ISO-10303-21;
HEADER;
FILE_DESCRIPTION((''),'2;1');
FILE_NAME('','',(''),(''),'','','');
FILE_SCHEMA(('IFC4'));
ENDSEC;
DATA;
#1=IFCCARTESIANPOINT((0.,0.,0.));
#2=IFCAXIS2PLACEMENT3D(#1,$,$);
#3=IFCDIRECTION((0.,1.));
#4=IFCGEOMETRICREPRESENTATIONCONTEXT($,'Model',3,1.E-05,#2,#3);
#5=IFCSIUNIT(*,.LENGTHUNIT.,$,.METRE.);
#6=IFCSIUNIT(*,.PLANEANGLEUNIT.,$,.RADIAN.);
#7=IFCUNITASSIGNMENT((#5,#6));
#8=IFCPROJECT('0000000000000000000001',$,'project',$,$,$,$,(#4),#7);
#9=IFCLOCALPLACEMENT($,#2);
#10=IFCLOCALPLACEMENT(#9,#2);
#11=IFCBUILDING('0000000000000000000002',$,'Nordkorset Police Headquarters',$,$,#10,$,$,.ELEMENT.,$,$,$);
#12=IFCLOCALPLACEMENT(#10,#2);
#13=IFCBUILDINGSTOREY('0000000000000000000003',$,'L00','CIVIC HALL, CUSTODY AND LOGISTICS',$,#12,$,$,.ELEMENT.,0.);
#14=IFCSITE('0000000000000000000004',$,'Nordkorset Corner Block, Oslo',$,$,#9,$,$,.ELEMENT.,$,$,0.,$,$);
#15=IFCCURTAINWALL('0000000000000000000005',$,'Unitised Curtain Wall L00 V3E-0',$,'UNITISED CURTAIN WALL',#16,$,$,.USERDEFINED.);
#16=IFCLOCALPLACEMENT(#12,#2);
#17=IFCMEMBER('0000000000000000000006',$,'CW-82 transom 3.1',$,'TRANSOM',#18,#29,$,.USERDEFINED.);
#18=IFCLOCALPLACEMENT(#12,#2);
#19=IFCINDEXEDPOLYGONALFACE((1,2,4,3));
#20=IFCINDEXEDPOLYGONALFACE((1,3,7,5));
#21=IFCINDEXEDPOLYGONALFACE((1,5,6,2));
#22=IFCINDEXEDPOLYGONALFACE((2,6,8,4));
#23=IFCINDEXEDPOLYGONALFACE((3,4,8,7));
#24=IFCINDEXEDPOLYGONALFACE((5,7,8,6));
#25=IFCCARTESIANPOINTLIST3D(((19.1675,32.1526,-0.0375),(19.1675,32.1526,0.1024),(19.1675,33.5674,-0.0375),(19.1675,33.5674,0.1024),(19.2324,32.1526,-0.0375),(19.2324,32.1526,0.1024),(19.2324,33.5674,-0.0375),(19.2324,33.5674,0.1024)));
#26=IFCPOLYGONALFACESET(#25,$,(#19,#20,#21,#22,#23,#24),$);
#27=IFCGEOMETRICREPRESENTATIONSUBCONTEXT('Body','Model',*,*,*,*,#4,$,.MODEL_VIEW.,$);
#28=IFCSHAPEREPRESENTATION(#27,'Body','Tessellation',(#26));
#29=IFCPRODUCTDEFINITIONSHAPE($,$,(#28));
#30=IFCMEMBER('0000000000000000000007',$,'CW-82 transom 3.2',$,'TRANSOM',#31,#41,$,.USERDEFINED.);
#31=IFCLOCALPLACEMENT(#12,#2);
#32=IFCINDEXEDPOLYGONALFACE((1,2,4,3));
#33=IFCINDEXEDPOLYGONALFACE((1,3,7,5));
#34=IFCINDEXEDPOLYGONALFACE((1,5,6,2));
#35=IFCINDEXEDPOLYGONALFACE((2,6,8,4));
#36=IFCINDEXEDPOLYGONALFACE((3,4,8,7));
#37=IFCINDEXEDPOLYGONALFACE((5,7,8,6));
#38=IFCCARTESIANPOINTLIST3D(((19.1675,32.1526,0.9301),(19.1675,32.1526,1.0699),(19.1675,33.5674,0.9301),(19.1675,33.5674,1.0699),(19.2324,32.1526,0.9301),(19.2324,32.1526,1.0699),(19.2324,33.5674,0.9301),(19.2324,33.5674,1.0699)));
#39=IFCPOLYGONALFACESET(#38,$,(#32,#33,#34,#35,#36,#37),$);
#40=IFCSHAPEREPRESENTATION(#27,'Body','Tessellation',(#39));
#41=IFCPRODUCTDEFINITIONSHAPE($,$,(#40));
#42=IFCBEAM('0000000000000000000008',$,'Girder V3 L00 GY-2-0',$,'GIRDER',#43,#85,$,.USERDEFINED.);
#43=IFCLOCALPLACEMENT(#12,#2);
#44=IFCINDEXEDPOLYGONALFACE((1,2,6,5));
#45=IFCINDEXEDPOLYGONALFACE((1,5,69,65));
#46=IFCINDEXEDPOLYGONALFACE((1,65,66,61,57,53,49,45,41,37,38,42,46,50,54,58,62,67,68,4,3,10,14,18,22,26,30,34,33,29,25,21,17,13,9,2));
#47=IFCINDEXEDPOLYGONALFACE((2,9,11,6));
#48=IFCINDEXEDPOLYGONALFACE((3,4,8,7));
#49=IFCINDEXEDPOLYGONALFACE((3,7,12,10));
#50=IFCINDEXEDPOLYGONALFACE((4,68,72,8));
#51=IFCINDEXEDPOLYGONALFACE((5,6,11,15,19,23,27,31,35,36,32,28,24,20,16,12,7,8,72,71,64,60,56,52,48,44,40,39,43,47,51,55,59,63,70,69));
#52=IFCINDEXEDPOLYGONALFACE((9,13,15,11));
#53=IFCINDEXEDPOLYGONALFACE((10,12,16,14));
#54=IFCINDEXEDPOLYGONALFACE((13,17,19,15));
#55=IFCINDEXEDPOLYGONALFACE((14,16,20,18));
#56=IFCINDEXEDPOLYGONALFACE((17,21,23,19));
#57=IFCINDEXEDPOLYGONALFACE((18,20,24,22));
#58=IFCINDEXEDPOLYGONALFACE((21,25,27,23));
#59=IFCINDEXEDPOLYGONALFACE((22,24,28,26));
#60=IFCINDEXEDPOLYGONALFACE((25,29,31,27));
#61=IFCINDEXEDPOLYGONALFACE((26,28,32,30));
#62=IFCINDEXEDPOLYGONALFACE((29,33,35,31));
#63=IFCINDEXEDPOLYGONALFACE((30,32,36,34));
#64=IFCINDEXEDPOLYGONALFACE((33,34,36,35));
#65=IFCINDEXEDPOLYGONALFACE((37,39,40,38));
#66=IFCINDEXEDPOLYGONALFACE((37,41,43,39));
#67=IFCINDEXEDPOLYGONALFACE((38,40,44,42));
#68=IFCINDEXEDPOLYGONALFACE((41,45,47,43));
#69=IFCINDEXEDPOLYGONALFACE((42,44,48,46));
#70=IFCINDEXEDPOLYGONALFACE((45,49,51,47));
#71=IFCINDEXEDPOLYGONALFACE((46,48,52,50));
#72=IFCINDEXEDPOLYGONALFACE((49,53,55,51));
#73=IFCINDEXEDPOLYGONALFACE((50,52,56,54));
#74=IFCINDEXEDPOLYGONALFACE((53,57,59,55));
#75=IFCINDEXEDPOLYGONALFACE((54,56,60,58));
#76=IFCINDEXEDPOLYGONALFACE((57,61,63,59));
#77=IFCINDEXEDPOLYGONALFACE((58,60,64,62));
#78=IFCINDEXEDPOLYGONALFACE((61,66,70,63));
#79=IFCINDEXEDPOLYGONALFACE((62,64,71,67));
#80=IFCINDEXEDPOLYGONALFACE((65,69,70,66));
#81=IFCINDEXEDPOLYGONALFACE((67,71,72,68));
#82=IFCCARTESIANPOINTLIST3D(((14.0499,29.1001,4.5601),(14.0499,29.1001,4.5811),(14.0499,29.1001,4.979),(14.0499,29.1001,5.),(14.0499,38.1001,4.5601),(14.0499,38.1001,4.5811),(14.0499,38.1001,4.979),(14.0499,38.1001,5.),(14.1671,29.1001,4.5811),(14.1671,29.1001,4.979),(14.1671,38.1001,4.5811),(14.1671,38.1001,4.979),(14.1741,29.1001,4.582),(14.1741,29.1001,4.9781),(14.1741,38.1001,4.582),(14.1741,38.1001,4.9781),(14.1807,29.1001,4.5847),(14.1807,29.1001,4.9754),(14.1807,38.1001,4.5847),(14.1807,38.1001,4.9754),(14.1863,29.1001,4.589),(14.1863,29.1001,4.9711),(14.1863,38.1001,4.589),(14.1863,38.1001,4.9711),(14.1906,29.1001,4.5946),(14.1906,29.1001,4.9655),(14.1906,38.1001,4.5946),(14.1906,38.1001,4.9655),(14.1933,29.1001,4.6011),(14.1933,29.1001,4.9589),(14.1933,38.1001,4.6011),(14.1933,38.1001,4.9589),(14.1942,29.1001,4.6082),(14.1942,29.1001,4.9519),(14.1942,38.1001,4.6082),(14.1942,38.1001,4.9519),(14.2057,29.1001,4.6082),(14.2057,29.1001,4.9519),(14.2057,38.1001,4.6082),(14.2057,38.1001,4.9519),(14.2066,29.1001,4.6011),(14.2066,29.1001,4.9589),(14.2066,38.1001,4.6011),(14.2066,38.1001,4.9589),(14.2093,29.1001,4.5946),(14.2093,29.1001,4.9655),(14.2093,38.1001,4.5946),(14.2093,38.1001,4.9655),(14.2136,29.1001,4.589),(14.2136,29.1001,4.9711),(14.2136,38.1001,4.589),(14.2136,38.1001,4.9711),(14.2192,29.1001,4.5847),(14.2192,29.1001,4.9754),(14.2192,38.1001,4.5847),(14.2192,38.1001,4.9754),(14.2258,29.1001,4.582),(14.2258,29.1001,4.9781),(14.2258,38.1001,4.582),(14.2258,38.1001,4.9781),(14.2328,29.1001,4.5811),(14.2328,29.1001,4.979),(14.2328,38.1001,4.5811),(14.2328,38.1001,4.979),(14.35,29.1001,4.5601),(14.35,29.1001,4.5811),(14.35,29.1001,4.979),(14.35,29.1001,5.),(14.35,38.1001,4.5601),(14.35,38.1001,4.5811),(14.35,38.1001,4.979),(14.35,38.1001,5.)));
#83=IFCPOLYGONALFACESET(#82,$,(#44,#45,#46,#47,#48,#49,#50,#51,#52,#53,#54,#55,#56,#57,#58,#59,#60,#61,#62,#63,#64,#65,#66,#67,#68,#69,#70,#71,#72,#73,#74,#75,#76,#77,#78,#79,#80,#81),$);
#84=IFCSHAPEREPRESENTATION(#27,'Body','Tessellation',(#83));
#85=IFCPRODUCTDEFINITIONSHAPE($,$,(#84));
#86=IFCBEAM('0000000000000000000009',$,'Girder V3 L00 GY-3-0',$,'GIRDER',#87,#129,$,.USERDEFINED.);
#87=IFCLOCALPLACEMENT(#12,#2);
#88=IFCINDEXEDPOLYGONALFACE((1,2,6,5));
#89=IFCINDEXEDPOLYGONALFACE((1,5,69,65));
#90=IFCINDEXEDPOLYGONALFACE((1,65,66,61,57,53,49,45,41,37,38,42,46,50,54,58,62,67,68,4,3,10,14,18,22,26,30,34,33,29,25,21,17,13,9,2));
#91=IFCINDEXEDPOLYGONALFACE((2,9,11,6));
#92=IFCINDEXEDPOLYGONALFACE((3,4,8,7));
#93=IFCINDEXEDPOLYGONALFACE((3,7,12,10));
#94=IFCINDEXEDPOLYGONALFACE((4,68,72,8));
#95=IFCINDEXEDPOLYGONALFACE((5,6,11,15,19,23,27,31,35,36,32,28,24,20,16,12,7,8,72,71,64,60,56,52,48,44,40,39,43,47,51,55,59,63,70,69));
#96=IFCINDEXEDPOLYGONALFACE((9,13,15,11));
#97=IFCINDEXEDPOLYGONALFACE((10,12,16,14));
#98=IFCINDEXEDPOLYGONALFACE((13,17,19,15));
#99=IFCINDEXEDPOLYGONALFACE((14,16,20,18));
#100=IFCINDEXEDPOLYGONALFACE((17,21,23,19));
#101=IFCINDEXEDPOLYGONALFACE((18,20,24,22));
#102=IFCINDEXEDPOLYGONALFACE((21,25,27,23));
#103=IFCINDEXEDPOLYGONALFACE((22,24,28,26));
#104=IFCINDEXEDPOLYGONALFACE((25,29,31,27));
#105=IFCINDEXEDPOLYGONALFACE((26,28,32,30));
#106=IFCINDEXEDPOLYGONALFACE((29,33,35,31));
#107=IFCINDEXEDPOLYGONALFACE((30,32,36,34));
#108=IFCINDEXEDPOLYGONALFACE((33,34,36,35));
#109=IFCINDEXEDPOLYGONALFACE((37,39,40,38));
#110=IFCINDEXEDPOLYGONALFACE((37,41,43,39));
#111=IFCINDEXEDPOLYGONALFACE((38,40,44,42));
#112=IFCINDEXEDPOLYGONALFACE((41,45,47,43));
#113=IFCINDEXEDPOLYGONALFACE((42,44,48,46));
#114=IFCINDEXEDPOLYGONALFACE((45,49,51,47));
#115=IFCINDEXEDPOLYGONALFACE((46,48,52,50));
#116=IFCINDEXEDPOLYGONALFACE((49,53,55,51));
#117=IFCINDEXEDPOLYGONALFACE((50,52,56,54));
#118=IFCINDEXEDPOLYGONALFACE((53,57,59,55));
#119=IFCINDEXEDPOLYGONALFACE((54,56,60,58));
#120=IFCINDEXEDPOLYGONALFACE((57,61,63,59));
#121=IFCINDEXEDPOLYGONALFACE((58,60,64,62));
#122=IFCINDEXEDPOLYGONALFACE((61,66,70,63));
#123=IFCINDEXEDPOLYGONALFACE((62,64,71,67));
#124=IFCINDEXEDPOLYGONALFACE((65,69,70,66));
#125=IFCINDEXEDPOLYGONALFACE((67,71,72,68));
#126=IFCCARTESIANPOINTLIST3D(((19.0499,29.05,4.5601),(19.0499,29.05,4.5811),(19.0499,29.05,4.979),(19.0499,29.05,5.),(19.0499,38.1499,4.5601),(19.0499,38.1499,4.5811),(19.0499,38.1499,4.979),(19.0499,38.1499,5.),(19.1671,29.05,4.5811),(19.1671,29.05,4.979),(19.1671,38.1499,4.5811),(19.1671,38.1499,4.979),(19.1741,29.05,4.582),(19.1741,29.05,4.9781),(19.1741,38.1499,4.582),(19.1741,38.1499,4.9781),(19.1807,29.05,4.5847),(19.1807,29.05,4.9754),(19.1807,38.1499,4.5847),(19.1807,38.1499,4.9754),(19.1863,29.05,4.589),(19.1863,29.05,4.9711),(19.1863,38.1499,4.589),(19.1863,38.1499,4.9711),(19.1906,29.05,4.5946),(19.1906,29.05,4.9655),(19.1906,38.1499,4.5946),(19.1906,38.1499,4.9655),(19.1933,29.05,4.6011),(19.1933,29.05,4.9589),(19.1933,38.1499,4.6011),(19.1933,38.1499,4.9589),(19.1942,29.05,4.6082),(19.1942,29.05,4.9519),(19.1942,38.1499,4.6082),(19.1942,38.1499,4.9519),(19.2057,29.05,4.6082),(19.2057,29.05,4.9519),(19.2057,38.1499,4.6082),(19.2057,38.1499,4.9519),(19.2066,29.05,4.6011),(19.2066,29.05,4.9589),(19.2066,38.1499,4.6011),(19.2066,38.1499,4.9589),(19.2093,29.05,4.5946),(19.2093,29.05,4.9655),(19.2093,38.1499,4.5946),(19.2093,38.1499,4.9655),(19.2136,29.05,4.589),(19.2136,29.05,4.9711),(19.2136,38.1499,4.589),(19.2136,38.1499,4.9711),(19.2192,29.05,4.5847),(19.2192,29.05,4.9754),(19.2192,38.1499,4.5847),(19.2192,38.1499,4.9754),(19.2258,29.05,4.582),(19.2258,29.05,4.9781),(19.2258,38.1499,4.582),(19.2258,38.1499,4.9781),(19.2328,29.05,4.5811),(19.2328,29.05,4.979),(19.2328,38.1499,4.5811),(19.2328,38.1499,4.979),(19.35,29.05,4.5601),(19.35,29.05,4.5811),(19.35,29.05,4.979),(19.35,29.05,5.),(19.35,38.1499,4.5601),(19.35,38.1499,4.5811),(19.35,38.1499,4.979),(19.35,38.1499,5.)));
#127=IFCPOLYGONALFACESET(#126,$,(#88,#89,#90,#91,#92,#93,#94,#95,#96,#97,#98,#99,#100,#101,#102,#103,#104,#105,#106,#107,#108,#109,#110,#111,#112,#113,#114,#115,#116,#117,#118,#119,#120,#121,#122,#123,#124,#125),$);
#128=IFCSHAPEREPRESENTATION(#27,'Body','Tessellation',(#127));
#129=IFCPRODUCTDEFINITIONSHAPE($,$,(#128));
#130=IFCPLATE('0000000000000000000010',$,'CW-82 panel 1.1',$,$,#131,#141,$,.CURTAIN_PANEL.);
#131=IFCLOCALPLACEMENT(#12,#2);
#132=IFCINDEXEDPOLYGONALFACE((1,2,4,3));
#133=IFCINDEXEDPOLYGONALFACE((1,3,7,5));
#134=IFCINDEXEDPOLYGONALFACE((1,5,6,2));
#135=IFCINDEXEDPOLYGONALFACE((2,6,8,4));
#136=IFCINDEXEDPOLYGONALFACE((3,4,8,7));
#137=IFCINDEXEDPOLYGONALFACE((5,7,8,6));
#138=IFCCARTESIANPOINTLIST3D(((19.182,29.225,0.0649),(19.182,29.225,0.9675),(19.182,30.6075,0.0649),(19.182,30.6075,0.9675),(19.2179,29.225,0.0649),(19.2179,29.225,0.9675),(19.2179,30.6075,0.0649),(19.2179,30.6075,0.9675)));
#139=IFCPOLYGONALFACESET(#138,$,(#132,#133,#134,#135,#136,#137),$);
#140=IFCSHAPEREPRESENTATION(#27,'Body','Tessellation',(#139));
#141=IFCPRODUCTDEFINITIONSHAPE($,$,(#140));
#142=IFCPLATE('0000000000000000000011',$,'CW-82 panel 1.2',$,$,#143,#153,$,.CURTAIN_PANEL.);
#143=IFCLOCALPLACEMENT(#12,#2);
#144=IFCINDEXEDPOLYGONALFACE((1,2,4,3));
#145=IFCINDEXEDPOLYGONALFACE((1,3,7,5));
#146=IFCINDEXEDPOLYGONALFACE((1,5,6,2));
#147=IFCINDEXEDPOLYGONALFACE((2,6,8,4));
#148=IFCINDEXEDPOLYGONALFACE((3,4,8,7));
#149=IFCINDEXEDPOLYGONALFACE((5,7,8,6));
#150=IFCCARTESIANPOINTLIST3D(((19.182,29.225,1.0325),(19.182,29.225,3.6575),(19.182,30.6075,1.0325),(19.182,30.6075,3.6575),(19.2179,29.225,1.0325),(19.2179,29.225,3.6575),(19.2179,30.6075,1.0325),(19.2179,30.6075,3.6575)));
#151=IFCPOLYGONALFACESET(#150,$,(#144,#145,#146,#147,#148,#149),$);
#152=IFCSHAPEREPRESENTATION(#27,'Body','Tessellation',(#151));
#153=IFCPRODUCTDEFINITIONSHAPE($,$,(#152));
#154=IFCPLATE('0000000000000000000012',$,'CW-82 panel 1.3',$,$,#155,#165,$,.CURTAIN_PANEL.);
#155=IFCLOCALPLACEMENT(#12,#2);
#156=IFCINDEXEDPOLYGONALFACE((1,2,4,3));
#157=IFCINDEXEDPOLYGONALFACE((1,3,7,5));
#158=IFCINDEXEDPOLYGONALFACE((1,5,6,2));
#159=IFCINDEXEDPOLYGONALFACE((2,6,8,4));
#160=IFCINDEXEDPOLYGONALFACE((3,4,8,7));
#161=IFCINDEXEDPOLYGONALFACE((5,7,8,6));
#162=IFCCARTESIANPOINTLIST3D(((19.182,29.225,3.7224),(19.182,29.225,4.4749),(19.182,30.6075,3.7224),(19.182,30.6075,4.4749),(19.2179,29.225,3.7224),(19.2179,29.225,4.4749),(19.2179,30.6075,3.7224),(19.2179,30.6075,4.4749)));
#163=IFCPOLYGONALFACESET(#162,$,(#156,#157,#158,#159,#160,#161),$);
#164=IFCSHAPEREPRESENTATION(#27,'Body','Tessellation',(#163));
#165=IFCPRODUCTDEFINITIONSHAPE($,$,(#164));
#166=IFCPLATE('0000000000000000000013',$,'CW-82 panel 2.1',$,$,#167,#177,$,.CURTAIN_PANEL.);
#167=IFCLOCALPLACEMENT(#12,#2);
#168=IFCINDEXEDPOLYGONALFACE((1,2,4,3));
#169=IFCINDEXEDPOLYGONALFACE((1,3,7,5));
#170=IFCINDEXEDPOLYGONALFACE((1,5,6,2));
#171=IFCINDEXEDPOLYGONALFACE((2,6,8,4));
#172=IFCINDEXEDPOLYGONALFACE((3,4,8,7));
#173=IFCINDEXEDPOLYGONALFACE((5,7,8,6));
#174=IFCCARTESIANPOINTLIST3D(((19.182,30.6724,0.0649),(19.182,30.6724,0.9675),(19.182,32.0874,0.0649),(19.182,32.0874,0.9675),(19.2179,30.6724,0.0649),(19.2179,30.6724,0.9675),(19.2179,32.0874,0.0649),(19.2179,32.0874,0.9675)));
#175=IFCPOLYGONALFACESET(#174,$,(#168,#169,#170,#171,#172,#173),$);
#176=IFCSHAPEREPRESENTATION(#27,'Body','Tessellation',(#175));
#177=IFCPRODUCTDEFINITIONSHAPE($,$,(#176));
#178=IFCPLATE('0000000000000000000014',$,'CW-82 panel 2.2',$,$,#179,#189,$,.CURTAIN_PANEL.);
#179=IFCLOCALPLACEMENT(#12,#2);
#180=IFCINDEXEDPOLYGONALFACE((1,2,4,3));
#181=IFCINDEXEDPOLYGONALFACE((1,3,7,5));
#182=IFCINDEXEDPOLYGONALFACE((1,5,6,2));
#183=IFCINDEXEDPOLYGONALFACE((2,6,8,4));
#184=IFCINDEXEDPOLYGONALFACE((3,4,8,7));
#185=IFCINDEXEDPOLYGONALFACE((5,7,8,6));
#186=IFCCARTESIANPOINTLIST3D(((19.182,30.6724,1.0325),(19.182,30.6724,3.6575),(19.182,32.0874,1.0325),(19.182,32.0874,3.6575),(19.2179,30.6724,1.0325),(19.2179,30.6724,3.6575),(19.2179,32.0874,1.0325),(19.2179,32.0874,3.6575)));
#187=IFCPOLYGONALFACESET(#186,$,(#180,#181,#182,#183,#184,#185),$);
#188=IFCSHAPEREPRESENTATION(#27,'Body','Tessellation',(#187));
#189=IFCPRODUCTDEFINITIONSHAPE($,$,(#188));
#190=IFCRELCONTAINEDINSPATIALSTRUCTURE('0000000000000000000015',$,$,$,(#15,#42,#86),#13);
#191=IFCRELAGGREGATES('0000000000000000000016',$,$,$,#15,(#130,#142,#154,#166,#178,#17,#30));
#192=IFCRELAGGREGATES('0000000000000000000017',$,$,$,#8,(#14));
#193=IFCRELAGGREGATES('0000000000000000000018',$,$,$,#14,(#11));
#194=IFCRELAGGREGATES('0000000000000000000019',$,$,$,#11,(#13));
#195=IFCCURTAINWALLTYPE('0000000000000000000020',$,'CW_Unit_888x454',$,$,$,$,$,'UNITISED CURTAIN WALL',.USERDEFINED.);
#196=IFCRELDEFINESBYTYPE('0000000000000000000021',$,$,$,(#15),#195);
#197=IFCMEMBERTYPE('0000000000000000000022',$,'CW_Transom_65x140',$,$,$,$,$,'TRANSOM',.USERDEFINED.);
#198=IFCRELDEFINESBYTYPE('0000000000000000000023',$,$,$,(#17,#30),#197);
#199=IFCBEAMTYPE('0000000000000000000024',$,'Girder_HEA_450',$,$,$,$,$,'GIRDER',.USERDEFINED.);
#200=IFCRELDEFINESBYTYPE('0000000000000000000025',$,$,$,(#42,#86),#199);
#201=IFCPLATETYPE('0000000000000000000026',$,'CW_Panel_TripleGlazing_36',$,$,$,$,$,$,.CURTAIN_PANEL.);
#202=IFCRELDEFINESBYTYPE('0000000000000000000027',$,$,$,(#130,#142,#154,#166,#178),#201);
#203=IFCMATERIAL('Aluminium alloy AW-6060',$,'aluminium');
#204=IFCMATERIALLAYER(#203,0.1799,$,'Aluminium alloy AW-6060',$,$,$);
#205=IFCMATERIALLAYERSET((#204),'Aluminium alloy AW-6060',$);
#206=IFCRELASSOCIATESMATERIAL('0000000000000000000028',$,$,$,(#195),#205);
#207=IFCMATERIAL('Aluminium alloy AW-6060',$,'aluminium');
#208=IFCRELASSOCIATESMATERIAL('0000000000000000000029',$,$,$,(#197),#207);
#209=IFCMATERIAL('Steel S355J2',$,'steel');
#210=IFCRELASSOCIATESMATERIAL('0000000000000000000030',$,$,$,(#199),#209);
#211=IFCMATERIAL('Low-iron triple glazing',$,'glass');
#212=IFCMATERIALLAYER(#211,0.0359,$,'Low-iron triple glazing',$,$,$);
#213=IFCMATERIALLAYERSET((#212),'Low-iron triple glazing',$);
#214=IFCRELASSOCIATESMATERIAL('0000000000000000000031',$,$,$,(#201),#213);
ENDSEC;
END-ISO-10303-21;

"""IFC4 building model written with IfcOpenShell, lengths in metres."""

from ifc_helpers import new_model, si_unit, direction, frame, origin, origin_2d, place, context, subcontext, project, spatial, rectangle, i_section, extrude, material, layer, layer_set, material_profile, profile_set, type_object, element, aggregate, save


model = new_model("IFC4")

# Units and contexts
model_context = context("Model", 3, precision=1e-05, world=origin(), true_north=direction((0.0, 1.0)))
body_context = subcontext(model_context, "Body", "Model", "MODEL_VIEW")
ifc_project = project(units=[si_unit("LENGTHUNIT", "METRE"), si_unit("PLANEANGLEUNIT", "RADIAN")], contexts=[model_context])

# Site, building, storey
site_placement = place(None, origin())
site = spatial("IfcSite", under=ifc_project, at=site_placement, Name="Nordkorset Corner Block, Oslo", CompositionType="ELEMENT", RefElevation=0.0)
building_placement = place(site_placement, origin())
building = spatial("IfcBuilding", under=site, at=building_placement, Name="Nordkorset Police Headquarters", CompositionType="ELEMENT")
storey_placement = place(building_placement, origin())
storey = spatial("IfcBuildingStorey", under=building, at=storey_placement, Name="L00", Description="CIVIC HALL, CUSTODY AND LOGISTICS", CompositionType="ELEMENT", Elevation=0.0)

# Curtain wall, members
ifc_material_1 = material(Name="Aluminium alloy AW-6060", Category="aluminium")
ifc_layer_1 = layer(ifc_material_1, 0.1799, Name="Aluminium alloy AW-6060")
ifc_layer_set_1 = layer_set([ifc_layer_1], Name="Aluminium alloy AW-6060")
curtain_wall_type = type_object("IfcCurtainWallType", Name="CW_Unit_888x454", ElementType="UNITISED CURTAIN WALL", PredefinedType="USERDEFINED", material=ifc_layer_set_1)
curtain_wall_placement = place(storey_placement, origin())
curtain_wall = element("IfcCurtainWall", 1, at=curtain_wall_placement, inside=storey, type_object=curtain_wall_type, Name="Unitised Curtain Wall L00 V3E-0", ObjectType="UNITISED CURTAIN WALL", PredefinedType="USERDEFINED")
ifc_material_2 = material(Name="Aluminium alloy AW-6060", Category="aluminium")
ifc_material_profile_1 = material_profile(ifc_material_2, rectangle(XDim=0.0649, YDim=0.1399, at=origin_2d()), Name="ALU TRAN 65x140")
ifc_profile_set_1 = profile_set([ifc_material_profile_1], Name="Aluminium alloy AW-6060")
member_type_1 = type_object("IfcMemberType", Name="CW_Transom_65x140", ElementType="TRANSOM", PredefinedType="USERDEFINED", material=ifc_profile_set_1)
member_1_placement = place(storey_placement, frame((19.2, 32.1526, 0.0325), z_axis=(0.0, 1.0, 0.0), x_axis=(-1.0, 0.0, 0.0)))
member_1 = element("IfcMember", 2, at=member_1_placement, type_object=member_type_1, Name="CW-82 transom 3.1", ObjectType="TRANSOM", PredefinedType="USERDEFINED", context=body_context, shape_type="SweptSolid", body=[
    extrude(rectangle(XDim=0.0649, YDim=0.1399, at=origin_2d()), origin(), (0.0, 0.0, 1.0), 1.4148),
])
member_2_placement = place(storey_placement, frame((19.2, 32.1526, 1.0), z_axis=(0.0, 1.0, 0.0), x_axis=(-1.0, 0.0, 0.0)))
member_2 = element("IfcMember", 3, at=member_2_placement, type_object=member_type_1, Name="CW-82 transom 3.2", ObjectType="TRANSOM", PredefinedType="USERDEFINED", context=body_context, shape_type="SweptSolid", body=[
    extrude(rectangle(XDim=0.0649, YDim=0.1399, at=origin_2d()), origin(), (0.0, 0.0, 1.0), 1.4148),
])

# Beams
ifc_material_3 = material(Name="Steel S355J2", Category="steel")
ifc_material_profile_2 = material_profile(ifc_material_3, i_section(OverallWidth=0.3, OverallDepth=0.4399, WebThickness=0.0115, FlangeThickness=0.021, FilletRadius=0.0271, at=origin_2d()), Name="HEA 450")
ifc_profile_set_2 = profile_set([ifc_material_profile_2], Name="Steel S355J2")
beam_type_1 = type_object("IfcBeamType", Name="Girder_HEA_450", ElementType="GIRDER", PredefinedType="USERDEFINED", material=ifc_profile_set_2)
beam_1_placement = place(storey_placement, frame((14.2, 29.1001, 4.78), z_axis=(0.0, 1.0, 0.0), x_axis=(-1.0, 0.0, 0.0)))
element("IfcBeam", 4, at=beam_1_placement, inside=storey, type_object=beam_type_1, Name="Girder V3 L00 GY-2-0", ObjectType="GIRDER", PredefinedType="USERDEFINED", context=body_context, shape_type="SweptSolid", body=[
    extrude(i_section(OverallWidth=0.3, OverallDepth=0.4399, WebThickness=0.0115, FlangeThickness=0.021, FilletRadius=0.0271, at=origin_2d()), origin(), (0.0, 0.0, 1.0), 9.0),
])
beam_2_placement = place(storey_placement, frame((19.2, 29.05, 4.78), z_axis=(0.0, 1.0, 0.0), x_axis=(-1.0, 0.0, 0.0)))
element("IfcBeam", 5, at=beam_2_placement, inside=storey, type_object=beam_type_1, Name="Girder V3 L00 GY-3-0", ObjectType="GIRDER", PredefinedType="USERDEFINED", context=body_context, shape_type="SweptSolid", body=[
    extrude(i_section(OverallWidth=0.3, OverallDepth=0.4399, WebThickness=0.0115, FlangeThickness=0.021, FilletRadius=0.0271, at=origin_2d()), origin(), (0.0, 0.0, 1.0), 9.0999),
])

# Plates
ifc_material_4 = material(Name="Low-iron triple glazing", Category="glass")
ifc_layer_2 = layer(ifc_material_4, 0.0359, Name="Low-iron triple glazing")
ifc_layer_set_2 = layer_set([ifc_layer_2], Name="Low-iron triple glazing")
plate_type = type_object("IfcPlateType", Name="CW_Panel_TripleGlazing_36", PredefinedType="CURTAIN_PANEL", material=ifc_layer_set_2)
plate_1_placement = place(storey_placement, frame((19.2, 29.9163, 0.0649), z_axis=(0.0, 0.0, 1.0), x_axis=(0.0, 1.0, 0.0)))
plate_1 = element("IfcPlate", 6, at=plate_1_placement, type_object=plate_type, Name="CW-82 panel 1.1", PredefinedType="CURTAIN_PANEL", context=body_context, shape_type="SweptSolid", body=[
    extrude(rectangle(XDim=1.3826, YDim=0.0359, at=origin_2d()), origin(), (0.0, 0.0, 1.0), 0.9026),
])
plate_2_placement = place(storey_placement, frame((19.2, 29.9163, 1.0325), z_axis=(0.0, 0.0, 1.0), x_axis=(0.0, 1.0, 0.0)))
plate_2 = element("IfcPlate", 7, at=plate_2_placement, type_object=plate_type, Name="CW-82 panel 1.2", PredefinedType="CURTAIN_PANEL", context=body_context, shape_type="SweptSolid", body=[
    extrude(rectangle(XDim=1.3826, YDim=0.0359, at=origin_2d()), origin(), (0.0, 0.0, 1.0), 2.625),
])
plate_3_placement = place(storey_placement, frame((19.2, 29.9163, 3.7224), z_axis=(0.0, 0.0, 1.0), x_axis=(0.0, 1.0, 0.0)))
plate_3 = element("IfcPlate", 8, at=plate_3_placement, type_object=plate_type, Name="CW-82 panel 1.3", PredefinedType="CURTAIN_PANEL", context=body_context, shape_type="SweptSolid", body=[
    extrude(rectangle(XDim=1.3826, YDim=0.0359, at=origin_2d()), origin(), (0.0, 0.0, 1.0), 0.7524),
])
plate_4_placement = place(storey_placement, frame((19.2, 31.3799, 0.0649), z_axis=(0.0, 0.0, 1.0), x_axis=(0.0, 1.0, 0.0)))
plate_4 = element("IfcPlate", 9, at=plate_4_placement, type_object=plate_type, Name="CW-82 panel 2.1", PredefinedType="CURTAIN_PANEL", context=body_context, shape_type="SweptSolid", body=[
    extrude(rectangle(XDim=1.415, YDim=0.0359, at=origin_2d()), origin(), (0.0, 0.0, 1.0), 0.9026),
])
plate_5_placement = place(storey_placement, frame((19.2, 31.3799, 1.0325), z_axis=(0.0, 0.0, 1.0), x_axis=(0.0, 1.0, 0.0)))
plate_5 = element("IfcPlate", 10, at=plate_5_placement, type_object=plate_type, Name="CW-82 panel 2.2", PredefinedType="CURTAIN_PANEL", context=body_context, shape_type="SweptSolid", body=[
    extrude(rectangle(XDim=1.415, YDim=0.0359, at=origin_2d()), origin(), (0.0, 0.0, 1.0), 2.625),
])
aggregate(curtain_wall, [plate_1, plate_2, plate_3, plate_4, plate_5, member_1, member_2])

save(model, "model.ifc")
